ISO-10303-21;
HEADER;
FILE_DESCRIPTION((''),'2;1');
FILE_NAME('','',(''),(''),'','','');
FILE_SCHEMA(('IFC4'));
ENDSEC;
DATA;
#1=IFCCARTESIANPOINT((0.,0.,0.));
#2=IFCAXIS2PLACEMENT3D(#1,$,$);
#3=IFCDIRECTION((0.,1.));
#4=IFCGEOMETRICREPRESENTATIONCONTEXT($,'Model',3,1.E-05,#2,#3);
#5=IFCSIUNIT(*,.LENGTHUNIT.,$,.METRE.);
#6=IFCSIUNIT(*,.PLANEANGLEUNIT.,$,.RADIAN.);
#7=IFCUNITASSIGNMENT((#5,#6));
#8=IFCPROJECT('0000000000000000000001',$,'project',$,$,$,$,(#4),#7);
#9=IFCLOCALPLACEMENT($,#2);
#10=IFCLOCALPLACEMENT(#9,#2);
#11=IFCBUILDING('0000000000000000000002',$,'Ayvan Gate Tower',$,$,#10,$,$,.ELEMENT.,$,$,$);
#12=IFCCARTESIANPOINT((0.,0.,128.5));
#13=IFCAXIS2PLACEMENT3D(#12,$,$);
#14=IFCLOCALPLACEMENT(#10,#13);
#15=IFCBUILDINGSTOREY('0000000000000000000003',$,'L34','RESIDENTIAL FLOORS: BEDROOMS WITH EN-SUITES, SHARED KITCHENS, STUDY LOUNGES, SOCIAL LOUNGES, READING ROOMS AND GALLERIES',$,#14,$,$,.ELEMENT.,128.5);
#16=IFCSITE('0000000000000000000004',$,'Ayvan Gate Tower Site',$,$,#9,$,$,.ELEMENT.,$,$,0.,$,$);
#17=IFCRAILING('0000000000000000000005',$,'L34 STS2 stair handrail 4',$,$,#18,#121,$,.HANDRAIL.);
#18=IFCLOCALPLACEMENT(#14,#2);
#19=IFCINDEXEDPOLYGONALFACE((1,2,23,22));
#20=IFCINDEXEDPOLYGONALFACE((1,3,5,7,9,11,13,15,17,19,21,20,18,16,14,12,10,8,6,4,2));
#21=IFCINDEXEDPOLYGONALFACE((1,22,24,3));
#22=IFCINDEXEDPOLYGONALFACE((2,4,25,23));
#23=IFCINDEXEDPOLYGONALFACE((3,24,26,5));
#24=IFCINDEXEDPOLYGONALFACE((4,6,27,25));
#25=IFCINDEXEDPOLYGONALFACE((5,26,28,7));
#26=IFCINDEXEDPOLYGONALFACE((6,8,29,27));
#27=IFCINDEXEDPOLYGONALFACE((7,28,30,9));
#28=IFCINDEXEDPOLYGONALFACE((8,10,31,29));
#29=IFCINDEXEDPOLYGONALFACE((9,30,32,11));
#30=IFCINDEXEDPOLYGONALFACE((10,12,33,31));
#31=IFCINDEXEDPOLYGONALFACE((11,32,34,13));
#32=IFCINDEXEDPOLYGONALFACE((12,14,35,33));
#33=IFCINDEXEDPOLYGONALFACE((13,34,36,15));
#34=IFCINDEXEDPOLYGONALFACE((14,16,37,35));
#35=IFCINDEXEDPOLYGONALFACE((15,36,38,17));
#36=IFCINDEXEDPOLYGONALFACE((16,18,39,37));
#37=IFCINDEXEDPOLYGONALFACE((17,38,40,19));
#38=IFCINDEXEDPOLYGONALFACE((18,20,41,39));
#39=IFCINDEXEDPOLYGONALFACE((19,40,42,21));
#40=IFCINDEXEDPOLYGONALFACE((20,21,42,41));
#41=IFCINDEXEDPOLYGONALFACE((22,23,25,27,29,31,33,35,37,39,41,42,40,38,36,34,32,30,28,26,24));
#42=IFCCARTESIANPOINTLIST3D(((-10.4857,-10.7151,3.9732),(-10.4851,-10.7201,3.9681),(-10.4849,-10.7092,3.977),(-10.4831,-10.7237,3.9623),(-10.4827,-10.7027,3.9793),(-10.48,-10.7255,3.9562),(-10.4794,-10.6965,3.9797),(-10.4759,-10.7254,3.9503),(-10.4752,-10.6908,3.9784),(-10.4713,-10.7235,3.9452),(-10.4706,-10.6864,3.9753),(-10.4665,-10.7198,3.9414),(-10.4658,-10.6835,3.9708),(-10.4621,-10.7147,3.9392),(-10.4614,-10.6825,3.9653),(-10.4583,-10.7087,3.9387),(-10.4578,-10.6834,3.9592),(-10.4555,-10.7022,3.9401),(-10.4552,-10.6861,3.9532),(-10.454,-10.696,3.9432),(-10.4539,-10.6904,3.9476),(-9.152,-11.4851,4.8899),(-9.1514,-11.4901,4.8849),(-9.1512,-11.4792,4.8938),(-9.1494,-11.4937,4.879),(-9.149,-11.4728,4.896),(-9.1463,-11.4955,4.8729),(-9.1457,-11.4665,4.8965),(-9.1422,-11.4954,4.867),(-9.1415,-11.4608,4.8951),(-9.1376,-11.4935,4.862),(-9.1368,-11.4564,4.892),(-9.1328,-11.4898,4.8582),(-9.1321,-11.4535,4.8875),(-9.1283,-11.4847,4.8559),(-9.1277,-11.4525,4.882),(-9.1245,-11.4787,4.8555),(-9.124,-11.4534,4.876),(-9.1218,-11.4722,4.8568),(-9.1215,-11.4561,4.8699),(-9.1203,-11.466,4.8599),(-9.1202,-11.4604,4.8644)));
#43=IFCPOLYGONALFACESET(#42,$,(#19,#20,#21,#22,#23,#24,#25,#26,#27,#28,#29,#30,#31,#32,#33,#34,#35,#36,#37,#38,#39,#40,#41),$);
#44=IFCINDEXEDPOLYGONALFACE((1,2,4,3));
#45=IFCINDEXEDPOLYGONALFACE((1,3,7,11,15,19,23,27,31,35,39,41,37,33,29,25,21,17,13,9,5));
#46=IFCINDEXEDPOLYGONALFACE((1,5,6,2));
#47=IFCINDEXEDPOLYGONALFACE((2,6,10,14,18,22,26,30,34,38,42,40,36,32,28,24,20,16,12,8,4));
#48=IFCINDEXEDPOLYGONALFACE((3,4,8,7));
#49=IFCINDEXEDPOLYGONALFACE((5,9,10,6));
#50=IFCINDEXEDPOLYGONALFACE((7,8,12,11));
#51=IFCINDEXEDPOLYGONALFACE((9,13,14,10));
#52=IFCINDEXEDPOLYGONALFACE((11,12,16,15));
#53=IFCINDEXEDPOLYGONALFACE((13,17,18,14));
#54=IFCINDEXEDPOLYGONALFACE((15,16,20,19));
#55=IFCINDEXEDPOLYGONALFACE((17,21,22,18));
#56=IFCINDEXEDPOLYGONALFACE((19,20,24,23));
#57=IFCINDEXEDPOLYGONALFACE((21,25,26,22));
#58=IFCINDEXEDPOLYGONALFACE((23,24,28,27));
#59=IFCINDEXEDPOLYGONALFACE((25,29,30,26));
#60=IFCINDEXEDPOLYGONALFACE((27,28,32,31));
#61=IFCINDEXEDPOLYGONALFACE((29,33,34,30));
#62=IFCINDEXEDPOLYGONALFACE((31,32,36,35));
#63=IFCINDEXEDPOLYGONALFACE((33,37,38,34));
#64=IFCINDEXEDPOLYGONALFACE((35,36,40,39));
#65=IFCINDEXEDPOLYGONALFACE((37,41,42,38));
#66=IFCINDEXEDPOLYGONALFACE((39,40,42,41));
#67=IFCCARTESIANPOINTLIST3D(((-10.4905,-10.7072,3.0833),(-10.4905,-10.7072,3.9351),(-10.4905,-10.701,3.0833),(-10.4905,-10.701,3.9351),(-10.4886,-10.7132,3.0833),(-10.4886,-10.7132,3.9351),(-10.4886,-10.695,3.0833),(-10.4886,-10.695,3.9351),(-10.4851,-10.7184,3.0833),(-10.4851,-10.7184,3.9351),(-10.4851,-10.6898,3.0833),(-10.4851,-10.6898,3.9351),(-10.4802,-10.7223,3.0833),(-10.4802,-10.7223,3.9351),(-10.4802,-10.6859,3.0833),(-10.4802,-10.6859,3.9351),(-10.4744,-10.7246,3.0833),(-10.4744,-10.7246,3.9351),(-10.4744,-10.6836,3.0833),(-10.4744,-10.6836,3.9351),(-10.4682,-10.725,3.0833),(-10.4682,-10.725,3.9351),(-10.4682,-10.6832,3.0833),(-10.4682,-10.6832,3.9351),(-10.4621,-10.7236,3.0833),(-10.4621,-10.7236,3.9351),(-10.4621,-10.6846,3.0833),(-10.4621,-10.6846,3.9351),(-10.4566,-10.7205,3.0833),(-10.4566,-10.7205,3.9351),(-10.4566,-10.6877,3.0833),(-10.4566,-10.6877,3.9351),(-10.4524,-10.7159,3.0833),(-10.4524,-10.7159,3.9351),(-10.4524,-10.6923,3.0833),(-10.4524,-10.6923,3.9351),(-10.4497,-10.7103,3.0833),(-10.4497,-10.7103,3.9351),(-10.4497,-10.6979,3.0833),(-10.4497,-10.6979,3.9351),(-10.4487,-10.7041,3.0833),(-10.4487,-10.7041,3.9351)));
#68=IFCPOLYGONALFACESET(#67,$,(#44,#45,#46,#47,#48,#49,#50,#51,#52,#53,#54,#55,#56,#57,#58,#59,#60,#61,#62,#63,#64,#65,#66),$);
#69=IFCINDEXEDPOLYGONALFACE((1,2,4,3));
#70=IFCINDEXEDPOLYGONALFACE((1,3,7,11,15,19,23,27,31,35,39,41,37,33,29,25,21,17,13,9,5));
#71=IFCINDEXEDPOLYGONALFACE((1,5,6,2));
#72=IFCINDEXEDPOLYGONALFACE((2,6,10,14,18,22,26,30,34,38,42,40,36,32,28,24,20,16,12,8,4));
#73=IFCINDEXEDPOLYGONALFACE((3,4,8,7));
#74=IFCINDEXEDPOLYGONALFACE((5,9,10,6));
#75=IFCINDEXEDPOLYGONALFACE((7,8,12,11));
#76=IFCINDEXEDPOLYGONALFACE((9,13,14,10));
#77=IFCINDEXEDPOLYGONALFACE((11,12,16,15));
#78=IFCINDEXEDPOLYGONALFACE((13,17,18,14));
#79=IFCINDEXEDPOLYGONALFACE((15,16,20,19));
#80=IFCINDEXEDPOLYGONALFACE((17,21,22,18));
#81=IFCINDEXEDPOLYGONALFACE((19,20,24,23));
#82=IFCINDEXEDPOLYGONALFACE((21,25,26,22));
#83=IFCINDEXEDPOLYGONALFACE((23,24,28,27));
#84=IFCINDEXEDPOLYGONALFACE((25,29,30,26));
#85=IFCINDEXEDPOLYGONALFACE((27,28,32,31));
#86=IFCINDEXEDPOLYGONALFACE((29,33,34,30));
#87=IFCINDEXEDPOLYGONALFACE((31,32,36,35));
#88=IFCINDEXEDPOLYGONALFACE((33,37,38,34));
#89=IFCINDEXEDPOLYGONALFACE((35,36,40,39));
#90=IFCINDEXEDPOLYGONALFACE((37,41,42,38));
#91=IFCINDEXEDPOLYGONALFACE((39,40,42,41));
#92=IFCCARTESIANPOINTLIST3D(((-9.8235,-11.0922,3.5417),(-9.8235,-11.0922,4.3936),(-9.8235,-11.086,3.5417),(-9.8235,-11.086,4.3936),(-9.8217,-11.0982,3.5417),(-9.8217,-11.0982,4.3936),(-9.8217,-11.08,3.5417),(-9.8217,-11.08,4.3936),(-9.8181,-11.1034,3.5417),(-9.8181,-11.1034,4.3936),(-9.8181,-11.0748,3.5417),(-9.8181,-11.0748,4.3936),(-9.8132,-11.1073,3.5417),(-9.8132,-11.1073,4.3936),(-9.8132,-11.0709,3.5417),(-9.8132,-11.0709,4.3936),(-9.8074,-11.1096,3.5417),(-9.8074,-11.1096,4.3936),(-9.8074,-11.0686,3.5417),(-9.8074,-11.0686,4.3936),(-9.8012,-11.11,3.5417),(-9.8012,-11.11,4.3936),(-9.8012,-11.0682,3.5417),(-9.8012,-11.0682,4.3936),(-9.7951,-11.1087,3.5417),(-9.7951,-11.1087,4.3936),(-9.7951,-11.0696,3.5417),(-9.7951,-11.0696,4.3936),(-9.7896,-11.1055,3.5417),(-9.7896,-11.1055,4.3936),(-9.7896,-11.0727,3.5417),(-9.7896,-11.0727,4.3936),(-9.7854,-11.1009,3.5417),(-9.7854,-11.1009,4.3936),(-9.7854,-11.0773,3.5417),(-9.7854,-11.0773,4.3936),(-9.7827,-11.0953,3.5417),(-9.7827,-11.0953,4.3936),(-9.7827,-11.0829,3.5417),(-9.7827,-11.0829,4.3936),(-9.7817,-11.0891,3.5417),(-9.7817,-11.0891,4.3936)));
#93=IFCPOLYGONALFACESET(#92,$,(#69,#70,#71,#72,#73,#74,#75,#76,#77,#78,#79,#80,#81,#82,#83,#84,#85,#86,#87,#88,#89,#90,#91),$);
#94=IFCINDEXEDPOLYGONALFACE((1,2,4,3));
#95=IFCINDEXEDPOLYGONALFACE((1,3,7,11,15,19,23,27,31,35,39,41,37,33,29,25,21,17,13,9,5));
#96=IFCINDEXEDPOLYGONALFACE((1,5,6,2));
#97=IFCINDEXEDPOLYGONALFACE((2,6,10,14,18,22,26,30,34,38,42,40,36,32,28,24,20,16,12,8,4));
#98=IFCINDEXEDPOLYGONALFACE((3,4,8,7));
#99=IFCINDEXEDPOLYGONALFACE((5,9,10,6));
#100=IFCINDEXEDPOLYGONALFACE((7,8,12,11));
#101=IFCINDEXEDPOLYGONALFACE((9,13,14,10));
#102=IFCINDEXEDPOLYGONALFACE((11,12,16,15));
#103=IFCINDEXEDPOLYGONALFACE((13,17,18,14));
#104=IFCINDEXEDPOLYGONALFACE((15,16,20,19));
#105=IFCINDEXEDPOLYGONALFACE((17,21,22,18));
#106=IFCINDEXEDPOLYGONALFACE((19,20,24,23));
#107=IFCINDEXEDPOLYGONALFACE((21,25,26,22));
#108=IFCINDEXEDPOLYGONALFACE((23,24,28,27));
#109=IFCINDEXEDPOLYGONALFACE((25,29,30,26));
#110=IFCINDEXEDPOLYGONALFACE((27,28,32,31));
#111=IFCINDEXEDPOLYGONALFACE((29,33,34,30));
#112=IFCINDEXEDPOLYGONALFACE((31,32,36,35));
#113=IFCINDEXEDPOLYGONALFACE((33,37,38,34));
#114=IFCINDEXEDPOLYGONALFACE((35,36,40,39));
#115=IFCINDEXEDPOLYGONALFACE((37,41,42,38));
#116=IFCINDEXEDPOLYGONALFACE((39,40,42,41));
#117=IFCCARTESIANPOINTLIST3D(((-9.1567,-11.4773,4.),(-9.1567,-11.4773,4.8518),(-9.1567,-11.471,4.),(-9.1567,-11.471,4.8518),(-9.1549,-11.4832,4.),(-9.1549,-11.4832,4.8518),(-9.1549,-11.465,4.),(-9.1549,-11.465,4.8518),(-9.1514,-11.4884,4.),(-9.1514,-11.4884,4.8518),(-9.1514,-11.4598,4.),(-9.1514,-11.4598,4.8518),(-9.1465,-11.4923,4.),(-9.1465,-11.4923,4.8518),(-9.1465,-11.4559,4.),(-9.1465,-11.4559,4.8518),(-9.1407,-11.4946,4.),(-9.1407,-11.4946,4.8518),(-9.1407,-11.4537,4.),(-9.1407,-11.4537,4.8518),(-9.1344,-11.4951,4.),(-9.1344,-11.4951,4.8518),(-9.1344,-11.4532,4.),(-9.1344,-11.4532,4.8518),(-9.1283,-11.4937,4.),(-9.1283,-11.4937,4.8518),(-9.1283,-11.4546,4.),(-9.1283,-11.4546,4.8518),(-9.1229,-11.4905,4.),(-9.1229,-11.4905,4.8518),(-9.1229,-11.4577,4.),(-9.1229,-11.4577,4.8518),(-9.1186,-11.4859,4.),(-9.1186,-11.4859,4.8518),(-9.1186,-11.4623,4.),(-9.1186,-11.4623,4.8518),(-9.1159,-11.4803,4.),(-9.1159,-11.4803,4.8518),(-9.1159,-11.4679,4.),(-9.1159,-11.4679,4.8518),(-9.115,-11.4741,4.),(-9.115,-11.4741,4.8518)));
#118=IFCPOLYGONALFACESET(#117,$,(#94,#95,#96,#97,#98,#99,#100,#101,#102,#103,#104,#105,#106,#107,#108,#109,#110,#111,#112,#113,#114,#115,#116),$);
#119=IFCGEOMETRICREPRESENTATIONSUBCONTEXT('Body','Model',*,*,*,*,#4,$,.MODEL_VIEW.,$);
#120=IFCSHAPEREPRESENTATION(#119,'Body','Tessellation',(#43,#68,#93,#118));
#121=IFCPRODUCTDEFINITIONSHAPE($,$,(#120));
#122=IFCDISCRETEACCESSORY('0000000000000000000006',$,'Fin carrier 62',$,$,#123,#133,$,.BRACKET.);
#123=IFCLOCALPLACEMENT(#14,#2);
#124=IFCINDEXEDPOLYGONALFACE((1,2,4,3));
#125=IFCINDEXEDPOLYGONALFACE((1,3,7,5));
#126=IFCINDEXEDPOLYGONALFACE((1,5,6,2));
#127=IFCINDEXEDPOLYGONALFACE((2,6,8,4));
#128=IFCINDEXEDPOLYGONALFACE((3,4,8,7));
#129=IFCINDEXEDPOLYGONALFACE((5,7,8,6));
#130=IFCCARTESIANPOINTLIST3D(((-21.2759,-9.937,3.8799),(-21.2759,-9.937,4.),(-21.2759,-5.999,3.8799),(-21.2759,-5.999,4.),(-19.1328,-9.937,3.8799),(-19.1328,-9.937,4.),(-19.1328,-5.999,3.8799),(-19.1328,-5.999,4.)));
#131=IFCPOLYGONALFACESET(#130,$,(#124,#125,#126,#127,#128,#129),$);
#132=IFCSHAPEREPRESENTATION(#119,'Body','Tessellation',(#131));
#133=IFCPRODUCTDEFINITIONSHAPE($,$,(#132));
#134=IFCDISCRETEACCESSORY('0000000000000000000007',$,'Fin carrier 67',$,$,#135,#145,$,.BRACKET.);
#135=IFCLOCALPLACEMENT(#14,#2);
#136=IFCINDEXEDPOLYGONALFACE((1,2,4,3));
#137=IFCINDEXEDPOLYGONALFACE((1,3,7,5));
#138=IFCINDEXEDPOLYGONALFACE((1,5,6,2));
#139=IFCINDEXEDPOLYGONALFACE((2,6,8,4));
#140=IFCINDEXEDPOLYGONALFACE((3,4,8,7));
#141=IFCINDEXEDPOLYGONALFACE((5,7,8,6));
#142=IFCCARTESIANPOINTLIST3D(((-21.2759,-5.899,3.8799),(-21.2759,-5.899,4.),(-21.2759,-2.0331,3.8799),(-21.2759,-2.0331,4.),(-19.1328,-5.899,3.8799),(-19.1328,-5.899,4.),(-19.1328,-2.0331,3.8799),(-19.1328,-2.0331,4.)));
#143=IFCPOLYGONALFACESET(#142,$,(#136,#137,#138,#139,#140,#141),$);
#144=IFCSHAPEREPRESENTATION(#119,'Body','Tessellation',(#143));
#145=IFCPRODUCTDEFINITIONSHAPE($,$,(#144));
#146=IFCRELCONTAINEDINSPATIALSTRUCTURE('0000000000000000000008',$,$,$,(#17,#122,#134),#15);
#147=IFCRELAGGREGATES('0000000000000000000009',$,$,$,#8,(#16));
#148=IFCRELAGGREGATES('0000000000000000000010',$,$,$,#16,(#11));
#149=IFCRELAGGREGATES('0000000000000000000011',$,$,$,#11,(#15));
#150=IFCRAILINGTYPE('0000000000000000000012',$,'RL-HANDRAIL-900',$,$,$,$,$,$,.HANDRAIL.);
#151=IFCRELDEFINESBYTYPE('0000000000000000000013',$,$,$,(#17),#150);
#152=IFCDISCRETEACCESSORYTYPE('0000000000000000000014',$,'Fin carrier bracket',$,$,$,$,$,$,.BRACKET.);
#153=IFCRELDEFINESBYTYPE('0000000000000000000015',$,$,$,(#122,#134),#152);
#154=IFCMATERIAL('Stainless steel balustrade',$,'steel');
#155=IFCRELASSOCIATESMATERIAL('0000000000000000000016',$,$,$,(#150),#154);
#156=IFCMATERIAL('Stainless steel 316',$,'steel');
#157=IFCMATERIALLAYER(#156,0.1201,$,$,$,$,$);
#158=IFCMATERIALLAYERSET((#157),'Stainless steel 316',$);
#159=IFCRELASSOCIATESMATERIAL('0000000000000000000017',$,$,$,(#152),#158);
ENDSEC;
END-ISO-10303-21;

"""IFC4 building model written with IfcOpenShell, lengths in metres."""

from ifc_helpers import new_model, si_unit, direction, frame, origin, origin_2d, place, context, subcontext, project, spatial, rectangle, circle, extrude, material, layer, layer_set, type_object, element, save


model = new_model("IFC4")

# Units and contexts
model_context = context("Model", 3, precision=1e-05, world=origin(), true_north=direction((0.0, 1.0)))
body_context = subcontext(model_context, "Body", "Model", "MODEL_VIEW")
ifc_project = project(units=[si_unit("LENGTHUNIT", "METRE"), si_unit("PLANEANGLEUNIT", "RADIAN")], contexts=[model_context])

# Site, building, storey
site_placement = place(None, origin())
site = spatial("IfcSite", under=ifc_project, at=site_placement, Name="Ayvan Gate Tower Site", CompositionType="ELEMENT", RefElevation=0.0)
building_placement = place(site_placement, origin())
building = spatial("IfcBuilding", under=site, at=building_placement, Name="Ayvan Gate Tower", CompositionType="ELEMENT")
storey_placement = place(building_placement, frame((0.0, 0.0, 128.5)))
storey = spatial("IfcBuildingStorey", under=building, at=storey_placement, Name="L34", Description="RESIDENTIAL FLOORS: BEDROOMS WITH EN-SUITES, SHARED KITCHENS, STUDY LOUNGES, SOCIAL LOUNGES, READING ROOMS AND GALLERIES", CompositionType="ELEMENT", Elevation=128.5)

# Railing
ifc_material_1 = material(Name="Stainless steel balustrade", Category="steel")
railing_type_1 = type_object("IfcRailingType", Name="RL-HANDRAIL-900", PredefinedType="HANDRAIL", material=ifc_material_1)
railing_1_placement = place(storey_placement, frame((-10.4697, -10.7041, 3.0833)))
element("IfcRailing", 1, at=railing_1_placement, inside=storey, type_object=railing_type_1, Name="L34 STS2 stair handrail 4", PredefinedType="HANDRAIL", context=body_context, shape_type="SweptSolid", body=[
    extrude(circle(Radius=0.0239, at=origin_2d()), frame((0.0, 0.0, 0.876), z_axis=(0.744164, -0.429634, 0.511502), x_axis=(0.499992, 0.86603, 0.0)), (0.0, 0.0, 1.0), 1.7922),
    extrude(circle(Radius=0.021, at=origin_2d()), origin(), (0.0, 0.0, 1.0), 0.8518),
    extrude(circle(Radius=0.021, at=origin_2d()), frame((0.667, -0.385, 0.4585)), (0.0, 0.0, 1.0), 0.8518),
    extrude(circle(Radius=0.021, at=origin_2d()), frame((1.3337, -0.77, 0.9167)), (0.0, 0.0, 1.0), 0.8518),
])

# Discrete accessories
ifc_material_2 = material(Name="Stainless steel 316", Category="steel")
ifc_layer_1 = layer(ifc_material_2, 0.1201)
ifc_layer_set_1 = layer_set([ifc_layer_1], Name="Stainless steel 316")
discrete_accessory_type = type_object("IfcDiscreteAccessoryType", Name="Fin carrier bracket", PredefinedType="BRACKET", material=ifc_layer_set_1)
discrete_accessory_1_placement = place(storey_placement, frame((-20.2043, -7.968, 3.8799), z_axis=(0.0, 0.0, 1.0), x_axis=(0.0, -1.0, 0.0)))
element("IfcDiscreteAccessory", 2, at=discrete_accessory_1_placement, inside=storey, type_object=discrete_accessory_type, Name="Fin carrier 62", PredefinedType="BRACKET", context=body_context, shape_type="SweptSolid", body=[
    extrude(rectangle(XDim=3.938, YDim=2.1431, at=origin_2d()), origin(), (0.0, 0.0, 1.0), 0.1201),
])
discrete_accessory_2_placement = place(storey_placement, frame((-20.2043, -3.9661, 3.8799), z_axis=(0.0, 0.0, 1.0), x_axis=(0.0, -1.0, 0.0)))
element("IfcDiscreteAccessory", 3, at=discrete_accessory_2_placement, inside=storey, type_object=discrete_accessory_type, Name="Fin carrier 67", PredefinedType="BRACKET", context=body_context, shape_type="SweptSolid", body=[
    extrude(rectangle(XDim=3.866, YDim=2.1431, at=origin_2d()), origin(), (0.0, 0.0, 1.0), 0.1201),
])

save(model, "model.ifc")
